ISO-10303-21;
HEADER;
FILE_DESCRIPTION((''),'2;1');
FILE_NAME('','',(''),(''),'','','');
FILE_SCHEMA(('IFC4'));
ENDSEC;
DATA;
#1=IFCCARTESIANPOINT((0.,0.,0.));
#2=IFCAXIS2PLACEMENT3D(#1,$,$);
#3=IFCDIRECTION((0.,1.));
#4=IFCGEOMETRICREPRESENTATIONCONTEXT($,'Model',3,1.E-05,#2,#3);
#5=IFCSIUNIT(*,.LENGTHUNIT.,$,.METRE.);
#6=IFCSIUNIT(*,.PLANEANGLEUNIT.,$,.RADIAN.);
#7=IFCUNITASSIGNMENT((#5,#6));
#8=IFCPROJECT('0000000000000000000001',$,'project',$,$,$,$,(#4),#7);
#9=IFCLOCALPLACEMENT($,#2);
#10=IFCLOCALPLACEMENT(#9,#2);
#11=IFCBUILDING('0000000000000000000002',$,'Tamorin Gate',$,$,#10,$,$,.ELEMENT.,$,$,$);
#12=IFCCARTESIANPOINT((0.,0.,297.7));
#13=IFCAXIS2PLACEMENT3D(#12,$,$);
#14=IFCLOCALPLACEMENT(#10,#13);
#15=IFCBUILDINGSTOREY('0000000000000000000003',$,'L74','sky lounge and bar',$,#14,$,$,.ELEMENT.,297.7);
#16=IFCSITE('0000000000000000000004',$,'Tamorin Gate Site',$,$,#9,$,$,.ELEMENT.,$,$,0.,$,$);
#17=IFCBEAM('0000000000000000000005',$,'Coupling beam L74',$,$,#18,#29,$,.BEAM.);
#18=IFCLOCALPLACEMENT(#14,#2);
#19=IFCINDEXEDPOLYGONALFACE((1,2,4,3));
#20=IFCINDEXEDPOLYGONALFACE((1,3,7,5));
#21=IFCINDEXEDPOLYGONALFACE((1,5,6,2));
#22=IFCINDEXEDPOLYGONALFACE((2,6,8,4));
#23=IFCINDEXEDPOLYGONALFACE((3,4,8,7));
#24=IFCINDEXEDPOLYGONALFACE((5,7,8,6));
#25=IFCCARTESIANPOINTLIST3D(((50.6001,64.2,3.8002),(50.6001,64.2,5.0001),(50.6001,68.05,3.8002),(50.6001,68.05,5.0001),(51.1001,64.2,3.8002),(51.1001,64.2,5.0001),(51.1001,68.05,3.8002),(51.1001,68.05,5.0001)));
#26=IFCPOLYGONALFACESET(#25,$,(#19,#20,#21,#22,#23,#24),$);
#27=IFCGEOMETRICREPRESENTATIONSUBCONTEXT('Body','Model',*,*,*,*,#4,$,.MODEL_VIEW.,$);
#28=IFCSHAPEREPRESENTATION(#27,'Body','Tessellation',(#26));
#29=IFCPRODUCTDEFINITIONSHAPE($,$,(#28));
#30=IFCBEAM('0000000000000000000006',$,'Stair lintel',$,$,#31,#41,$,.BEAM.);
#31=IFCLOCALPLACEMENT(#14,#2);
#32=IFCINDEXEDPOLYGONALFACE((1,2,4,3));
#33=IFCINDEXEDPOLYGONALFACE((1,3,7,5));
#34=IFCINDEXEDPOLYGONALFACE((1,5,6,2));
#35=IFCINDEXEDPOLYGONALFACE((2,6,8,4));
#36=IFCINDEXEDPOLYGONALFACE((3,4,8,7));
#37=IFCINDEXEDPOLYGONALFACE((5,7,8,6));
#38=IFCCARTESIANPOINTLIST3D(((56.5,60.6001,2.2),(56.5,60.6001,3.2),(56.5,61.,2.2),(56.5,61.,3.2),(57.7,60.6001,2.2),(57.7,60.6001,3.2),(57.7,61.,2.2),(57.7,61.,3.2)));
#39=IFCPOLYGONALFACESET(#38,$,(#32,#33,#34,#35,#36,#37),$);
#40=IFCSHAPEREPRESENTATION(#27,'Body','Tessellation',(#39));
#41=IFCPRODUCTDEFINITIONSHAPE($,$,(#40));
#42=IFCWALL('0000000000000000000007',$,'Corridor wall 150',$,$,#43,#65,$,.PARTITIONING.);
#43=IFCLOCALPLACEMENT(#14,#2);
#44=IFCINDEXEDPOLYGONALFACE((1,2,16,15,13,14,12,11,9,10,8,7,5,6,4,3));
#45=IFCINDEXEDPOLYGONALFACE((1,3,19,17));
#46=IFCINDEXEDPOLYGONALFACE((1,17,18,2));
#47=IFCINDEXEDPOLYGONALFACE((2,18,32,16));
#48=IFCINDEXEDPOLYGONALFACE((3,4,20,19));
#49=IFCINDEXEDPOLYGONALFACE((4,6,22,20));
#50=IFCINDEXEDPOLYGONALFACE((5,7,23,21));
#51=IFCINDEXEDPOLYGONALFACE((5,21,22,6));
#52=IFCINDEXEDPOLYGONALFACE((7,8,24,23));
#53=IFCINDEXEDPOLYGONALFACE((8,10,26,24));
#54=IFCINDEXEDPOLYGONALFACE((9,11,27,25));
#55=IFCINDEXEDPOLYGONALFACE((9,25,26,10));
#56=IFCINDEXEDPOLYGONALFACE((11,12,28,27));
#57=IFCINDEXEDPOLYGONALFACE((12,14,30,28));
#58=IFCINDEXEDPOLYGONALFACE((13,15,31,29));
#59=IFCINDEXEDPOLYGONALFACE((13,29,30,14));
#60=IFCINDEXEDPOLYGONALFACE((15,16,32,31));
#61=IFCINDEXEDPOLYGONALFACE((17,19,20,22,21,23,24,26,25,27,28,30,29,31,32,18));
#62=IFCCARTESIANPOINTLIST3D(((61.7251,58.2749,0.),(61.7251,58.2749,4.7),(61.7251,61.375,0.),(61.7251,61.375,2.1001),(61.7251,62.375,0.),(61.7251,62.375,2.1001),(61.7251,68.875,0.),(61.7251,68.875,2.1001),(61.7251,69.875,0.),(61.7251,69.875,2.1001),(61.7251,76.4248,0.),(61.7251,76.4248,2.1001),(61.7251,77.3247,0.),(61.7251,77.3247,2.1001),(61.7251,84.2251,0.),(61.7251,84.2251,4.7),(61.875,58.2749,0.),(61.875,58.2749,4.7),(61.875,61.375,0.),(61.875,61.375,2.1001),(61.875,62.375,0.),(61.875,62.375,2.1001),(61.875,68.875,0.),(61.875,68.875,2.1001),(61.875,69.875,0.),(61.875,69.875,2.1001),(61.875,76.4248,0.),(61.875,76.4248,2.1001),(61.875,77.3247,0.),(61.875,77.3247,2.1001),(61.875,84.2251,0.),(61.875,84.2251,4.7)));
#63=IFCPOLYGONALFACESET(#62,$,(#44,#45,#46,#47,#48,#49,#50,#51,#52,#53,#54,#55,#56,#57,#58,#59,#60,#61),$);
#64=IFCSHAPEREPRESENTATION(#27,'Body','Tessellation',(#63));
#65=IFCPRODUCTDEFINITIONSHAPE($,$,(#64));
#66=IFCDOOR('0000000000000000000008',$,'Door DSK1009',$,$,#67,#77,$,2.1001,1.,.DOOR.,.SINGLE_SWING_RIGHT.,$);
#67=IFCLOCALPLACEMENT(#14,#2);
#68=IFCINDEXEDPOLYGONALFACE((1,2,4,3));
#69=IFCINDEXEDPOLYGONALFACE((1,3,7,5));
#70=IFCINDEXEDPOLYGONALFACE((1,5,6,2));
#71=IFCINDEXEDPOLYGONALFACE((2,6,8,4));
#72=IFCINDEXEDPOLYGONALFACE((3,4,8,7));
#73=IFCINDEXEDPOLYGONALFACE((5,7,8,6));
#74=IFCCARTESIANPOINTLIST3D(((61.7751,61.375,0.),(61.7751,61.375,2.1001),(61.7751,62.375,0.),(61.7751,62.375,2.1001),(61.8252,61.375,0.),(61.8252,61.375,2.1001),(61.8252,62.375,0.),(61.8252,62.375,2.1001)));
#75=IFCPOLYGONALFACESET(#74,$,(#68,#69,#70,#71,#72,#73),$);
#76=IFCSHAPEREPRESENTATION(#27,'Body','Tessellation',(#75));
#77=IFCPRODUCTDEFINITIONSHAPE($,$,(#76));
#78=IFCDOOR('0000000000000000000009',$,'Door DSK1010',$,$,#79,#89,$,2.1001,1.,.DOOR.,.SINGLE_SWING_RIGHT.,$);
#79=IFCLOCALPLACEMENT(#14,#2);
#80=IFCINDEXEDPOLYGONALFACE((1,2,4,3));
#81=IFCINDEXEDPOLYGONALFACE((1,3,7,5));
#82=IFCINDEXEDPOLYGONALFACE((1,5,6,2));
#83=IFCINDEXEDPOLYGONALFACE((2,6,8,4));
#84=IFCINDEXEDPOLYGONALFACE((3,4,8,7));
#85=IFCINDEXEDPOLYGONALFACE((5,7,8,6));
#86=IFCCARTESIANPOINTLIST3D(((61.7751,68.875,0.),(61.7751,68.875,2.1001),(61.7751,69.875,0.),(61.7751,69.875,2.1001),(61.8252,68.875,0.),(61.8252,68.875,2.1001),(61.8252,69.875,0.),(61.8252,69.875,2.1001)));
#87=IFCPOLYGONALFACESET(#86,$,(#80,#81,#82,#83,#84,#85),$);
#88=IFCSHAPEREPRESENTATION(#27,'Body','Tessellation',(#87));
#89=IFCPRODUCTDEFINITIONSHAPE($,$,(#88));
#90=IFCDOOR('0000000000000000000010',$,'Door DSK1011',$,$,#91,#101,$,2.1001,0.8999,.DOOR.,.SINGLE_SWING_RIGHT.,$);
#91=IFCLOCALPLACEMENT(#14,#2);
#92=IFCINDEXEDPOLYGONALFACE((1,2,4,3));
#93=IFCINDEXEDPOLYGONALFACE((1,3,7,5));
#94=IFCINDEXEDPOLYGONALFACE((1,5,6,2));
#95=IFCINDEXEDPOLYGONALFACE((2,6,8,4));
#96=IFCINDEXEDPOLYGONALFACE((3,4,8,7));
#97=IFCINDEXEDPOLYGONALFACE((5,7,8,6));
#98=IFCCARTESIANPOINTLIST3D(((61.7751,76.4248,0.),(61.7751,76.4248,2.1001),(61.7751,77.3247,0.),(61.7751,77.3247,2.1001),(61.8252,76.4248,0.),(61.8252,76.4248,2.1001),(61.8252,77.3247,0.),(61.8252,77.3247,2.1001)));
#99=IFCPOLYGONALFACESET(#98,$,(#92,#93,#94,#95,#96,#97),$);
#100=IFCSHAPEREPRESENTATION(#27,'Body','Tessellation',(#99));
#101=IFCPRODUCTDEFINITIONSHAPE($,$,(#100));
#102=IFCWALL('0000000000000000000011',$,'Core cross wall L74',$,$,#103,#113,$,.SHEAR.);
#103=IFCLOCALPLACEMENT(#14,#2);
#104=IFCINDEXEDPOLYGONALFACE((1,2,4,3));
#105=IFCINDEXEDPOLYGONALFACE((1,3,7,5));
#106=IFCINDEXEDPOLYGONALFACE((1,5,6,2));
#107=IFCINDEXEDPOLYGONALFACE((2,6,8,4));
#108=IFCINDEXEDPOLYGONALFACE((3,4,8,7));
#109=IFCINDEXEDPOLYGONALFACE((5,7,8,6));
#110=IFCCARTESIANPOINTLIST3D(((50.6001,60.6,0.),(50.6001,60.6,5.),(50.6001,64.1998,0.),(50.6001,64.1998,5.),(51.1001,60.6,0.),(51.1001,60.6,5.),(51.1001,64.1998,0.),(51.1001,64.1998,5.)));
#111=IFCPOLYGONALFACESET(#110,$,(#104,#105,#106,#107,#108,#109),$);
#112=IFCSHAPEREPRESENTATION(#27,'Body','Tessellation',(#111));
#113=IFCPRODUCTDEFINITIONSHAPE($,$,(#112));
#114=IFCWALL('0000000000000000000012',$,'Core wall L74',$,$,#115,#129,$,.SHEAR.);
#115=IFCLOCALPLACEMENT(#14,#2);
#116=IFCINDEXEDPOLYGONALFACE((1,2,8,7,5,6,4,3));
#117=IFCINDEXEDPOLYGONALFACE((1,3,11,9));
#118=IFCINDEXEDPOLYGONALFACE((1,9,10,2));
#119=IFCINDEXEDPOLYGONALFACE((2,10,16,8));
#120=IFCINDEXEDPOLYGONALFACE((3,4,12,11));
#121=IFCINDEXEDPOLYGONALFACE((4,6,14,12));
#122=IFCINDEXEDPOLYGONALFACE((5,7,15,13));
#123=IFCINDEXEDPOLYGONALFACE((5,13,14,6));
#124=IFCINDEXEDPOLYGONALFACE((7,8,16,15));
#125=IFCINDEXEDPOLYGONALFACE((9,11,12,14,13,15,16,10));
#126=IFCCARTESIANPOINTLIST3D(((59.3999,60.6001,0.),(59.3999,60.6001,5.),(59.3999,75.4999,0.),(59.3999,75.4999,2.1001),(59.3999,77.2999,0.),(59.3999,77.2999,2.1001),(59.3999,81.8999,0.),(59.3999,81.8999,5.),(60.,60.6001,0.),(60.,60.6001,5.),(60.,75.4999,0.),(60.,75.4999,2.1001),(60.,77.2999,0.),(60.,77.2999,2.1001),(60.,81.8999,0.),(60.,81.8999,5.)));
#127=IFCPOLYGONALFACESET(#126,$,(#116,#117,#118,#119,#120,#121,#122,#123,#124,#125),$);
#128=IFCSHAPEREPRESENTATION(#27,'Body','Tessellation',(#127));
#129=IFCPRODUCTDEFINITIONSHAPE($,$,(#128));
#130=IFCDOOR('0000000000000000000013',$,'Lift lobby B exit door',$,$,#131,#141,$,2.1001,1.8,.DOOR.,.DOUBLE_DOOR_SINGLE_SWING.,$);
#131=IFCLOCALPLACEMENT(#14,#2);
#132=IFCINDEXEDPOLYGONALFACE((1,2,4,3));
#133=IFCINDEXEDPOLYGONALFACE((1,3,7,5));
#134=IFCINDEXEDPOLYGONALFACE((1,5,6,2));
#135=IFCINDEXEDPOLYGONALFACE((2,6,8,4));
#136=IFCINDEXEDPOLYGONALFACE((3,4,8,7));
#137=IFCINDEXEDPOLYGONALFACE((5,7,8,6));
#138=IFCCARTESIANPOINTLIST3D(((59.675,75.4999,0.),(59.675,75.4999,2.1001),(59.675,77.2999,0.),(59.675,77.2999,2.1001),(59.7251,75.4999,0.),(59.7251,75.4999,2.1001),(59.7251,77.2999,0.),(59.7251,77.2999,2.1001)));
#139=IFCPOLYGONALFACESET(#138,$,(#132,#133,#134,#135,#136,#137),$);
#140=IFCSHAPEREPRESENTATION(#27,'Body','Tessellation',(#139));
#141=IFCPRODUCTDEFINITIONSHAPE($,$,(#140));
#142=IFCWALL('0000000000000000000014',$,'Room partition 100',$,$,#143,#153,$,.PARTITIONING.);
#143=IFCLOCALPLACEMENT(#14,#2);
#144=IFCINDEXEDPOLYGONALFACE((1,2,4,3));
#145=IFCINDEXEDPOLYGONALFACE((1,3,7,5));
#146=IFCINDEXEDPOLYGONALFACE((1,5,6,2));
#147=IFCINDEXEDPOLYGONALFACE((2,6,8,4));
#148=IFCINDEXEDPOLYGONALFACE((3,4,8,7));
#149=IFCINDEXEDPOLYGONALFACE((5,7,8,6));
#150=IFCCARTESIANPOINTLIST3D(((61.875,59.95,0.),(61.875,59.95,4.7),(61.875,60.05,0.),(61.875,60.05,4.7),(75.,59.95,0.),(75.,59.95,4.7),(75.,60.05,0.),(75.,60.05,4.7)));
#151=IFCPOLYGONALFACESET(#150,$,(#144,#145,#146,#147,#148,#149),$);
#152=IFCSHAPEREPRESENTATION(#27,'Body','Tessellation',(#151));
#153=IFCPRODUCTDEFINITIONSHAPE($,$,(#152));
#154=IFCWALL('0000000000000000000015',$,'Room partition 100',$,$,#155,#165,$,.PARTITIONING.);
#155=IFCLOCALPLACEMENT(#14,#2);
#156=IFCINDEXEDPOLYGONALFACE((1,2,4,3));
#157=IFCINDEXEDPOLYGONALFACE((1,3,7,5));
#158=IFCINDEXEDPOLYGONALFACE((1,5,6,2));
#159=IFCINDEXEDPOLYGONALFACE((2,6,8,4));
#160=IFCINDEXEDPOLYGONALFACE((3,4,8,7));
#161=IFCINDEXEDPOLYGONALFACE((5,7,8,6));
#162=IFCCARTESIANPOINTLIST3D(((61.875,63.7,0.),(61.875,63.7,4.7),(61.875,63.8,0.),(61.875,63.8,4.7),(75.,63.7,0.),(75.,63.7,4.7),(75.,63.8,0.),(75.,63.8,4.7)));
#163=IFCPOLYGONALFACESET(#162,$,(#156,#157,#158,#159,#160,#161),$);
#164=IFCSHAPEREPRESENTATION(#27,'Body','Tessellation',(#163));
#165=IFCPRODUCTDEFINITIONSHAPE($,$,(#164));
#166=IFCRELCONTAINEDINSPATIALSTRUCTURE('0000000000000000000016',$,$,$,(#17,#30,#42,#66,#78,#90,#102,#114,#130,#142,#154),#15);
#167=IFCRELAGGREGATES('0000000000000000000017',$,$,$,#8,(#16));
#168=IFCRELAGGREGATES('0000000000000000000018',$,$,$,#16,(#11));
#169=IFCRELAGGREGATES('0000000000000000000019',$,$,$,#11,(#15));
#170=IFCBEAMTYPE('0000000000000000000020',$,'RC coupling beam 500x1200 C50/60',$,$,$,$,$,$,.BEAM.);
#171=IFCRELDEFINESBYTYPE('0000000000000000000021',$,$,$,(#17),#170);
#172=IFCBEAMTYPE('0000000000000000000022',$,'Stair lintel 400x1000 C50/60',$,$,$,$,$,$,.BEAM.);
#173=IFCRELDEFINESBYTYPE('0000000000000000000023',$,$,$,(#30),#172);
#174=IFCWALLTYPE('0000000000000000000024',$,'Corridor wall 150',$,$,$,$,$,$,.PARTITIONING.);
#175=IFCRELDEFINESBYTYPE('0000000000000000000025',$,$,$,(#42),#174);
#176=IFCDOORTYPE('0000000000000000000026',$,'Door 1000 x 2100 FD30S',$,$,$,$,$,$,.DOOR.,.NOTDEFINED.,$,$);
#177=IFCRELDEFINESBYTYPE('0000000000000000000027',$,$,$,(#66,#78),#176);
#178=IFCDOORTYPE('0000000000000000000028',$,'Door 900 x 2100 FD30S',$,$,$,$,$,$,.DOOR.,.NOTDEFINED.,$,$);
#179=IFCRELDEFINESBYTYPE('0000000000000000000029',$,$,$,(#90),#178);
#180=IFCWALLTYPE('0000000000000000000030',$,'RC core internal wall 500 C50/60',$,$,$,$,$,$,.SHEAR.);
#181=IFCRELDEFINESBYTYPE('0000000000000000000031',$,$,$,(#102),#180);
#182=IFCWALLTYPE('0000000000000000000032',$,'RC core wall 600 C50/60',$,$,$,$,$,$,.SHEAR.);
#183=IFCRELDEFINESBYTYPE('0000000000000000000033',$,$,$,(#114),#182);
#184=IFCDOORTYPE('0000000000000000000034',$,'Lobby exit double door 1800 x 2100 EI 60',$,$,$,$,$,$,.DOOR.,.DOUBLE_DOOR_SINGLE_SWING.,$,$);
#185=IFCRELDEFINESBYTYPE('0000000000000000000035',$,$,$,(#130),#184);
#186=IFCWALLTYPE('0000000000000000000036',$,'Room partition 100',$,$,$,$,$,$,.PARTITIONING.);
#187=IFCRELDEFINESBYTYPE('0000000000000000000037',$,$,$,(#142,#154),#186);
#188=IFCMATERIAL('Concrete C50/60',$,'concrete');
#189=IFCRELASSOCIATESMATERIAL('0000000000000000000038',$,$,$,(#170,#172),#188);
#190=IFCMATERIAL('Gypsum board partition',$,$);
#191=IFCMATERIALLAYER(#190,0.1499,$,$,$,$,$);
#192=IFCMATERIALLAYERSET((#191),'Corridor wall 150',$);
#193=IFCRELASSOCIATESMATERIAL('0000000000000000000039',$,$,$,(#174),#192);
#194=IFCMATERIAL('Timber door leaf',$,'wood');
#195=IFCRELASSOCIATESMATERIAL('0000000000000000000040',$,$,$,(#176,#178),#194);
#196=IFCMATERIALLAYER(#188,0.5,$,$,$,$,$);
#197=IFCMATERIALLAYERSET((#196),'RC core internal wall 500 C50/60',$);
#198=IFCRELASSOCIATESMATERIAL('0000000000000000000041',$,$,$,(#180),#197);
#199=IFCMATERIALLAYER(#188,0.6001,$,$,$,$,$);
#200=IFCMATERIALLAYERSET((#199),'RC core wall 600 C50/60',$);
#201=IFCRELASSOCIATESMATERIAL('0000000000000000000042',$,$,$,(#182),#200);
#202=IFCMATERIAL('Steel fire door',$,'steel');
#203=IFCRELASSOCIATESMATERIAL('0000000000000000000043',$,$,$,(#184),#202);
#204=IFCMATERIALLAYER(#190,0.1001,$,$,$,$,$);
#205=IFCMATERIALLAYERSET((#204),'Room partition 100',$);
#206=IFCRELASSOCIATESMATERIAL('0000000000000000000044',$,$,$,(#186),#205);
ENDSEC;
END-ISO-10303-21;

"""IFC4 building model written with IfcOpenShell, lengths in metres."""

from ifc_helpers import new_model, si_unit, direction, frame, frame_2d, origin, origin_2d, place, context, subcontext, project, spatial, rectangle, extrude, material, layer, layer_set, material_profile, profile_set, type_object, element, fill, save


model = new_model("IFC4")

# Units and contexts
model_context = context("Model", 3, precision=1e-05, world=origin(), true_north=direction((0.0, 1.0)))
body_context = subcontext(model_context, "Body", "Model", "MODEL_VIEW")
ifc_project = project(units=[si_unit("LENGTHUNIT", "METRE"), si_unit("PLANEANGLEUNIT", "RADIAN")], contexts=[model_context])

# Site, building, storey
site_placement = place(None, origin())
site = spatial("IfcSite", under=ifc_project, at=site_placement, Name="Tamorin Gate Site", CompositionType="ELEMENT", RefElevation=0.0)
building_placement = place(site_placement, origin())
building = spatial("IfcBuilding", under=site, at=building_placement, Name="Tamorin Gate", CompositionType="ELEMENT")
storey_placement = place(building_placement, frame((0.0, 0.0, 297.7)))
storey = spatial("IfcBuildingStorey", under=building, at=storey_placement, Name="L74", Description="sky lounge and bar", CompositionType="ELEMENT", Elevation=297.7)

# Beams
ifc_material_1 = material(Name="Concrete C50/60", Category="concrete")
ifc_material_profile_1 = material_profile(ifc_material_1, rectangle(XDim=0.5, YDim=1.2, at=origin_2d()), Name="RC 500x1200")
ifc_profile_set_1 = profile_set([ifc_material_profile_1], Name="Concrete C50/60")
beam_type_1 = type_object("IfcBeamType", Name="RC coupling beam 500x1200 C50/60", PredefinedType="BEAM", material=ifc_profile_set_1)
beam_1_placement = place(storey_placement, frame((50.8501, 64.2, 4.4001), z_axis=(0.0, 1.0, 0.0), x_axis=(-1.0, 0.0, 0.0)))
element("IfcBeam", 1, at=beam_1_placement, inside=storey, type_object=beam_type_1, Name="Coupling beam L74", PredefinedType="BEAM", context=body_context, shape_type="SweptSolid", body=[
    extrude(rectangle(XDim=0.5, YDim=1.2, at=origin_2d()), origin(), (0.0, 0.0, 1.0), 3.8501),
])
ifc_material_profile_2 = material_profile(ifc_material_1, rectangle(XDim=0.3999, YDim=1.0, at=origin_2d()))
ifc_profile_set_2 = profile_set([ifc_material_profile_2], Name="Concrete C50/60")
beam_type_2 = type_object("IfcBeamType", Name="Stair lintel 400x1000 C50/60", PredefinedType="BEAM", material=ifc_profile_set_2)
beam_2_placement = place(storey_placement, frame((56.5, 60.8, 2.7), z_axis=(1.0, 0.0, 0.0), x_axis=(0.0, 1.0, 0.0)))
element("IfcBeam", 2, at=beam_2_placement, inside=storey, type_object=beam_type_2, Name="Stair lintel", PredefinedType="BEAM", context=body_context, shape_type="SweptSolid", body=[
    extrude(rectangle(XDim=0.3999, YDim=1.0, at=origin_2d()), origin(), (0.0, 0.0, 1.0), 1.2),
])

# Wall, openings, doors
ifc_material_2 = material(Name="Gypsum board partition")
ifc_layer_1 = layer(ifc_material_2, 0.1499)
ifc_layer_set_1 = layer_set([ifc_layer_1], Name="Corridor wall 150")
wall_type_1 = type_object("IfcWallType", Name="Corridor wall 150", PredefinedType="PARTITIONING", material=ifc_layer_set_1)
wall_1_placement = place(storey_placement, frame((61.8, 58.2749, 0.0), z_axis=(0.0, 0.0, 1.0), x_axis=(0.0, 1.0, 0.0)))
wall_1 = element("IfcWall", 3, at=wall_1_placement, inside=storey, type_object=wall_type_1, Name="Corridor wall 150", PredefinedType="PARTITIONING", context=body_context, shape_type="SweptSolid", body=[
    extrude(rectangle(XDim=25.9502, YDim=0.1499, at=frame_2d((12.9751, 0.0))), origin(), (0.0, 0.0, 1.0), 4.7),
])
opening_1_placement = place(wall_1_placement, frame((3.1001, 0.0, 0.0)))
opening_1 = element("IfcOpeningElement", 4, at=opening_1_placement, cuts=wall_1, PredefinedType="OPENING", context=body_context, shape_type="SweptSolid", body=[
    extrude(rectangle(XDim=1.0, YDim=2.1001, at=frame_2d((0.5, 1.05))), frame((0.0, 0.085, 0.0), z_axis=(0.0, -1.0, 0.0), x_axis=(1.0, 0.0, 0.0)), (0.0, 0.0, 1.0), 0.1699),
])
opening_2_placement = place(wall_1_placement, frame((10.6001, 0.0, 0.0)))
opening_2 = element("IfcOpeningElement", 5, at=opening_2_placement, cuts=wall_1, PredefinedType="OPENING", context=body_context, shape_type="SweptSolid", body=[
    extrude(rectangle(XDim=1.0, YDim=2.1001, at=frame_2d((0.5, 1.05))), frame((0.0, 0.085, 0.0), z_axis=(0.0, -1.0, 0.0), x_axis=(1.0, 0.0, 0.0)), (0.0, 0.0, 1.0), 0.1699),
])
opening_3_placement = place(wall_1_placement, frame((18.1499, 0.0, 0.0)))
opening_3 = element("IfcOpeningElement", 6, at=opening_3_placement, cuts=wall_1, PredefinedType="OPENING", context=body_context, shape_type="SweptSolid", body=[
    extrude(rectangle(XDim=0.8999, YDim=2.1001, at=frame_2d((0.45, 1.05))), frame((0.0, 0.085, 0.0), z_axis=(0.0, -1.0, 0.0), x_axis=(1.0, 0.0, 0.0)), (0.0, 0.0, 1.0), 0.1699),
])
ifc_material_3 = material(Name="Timber door leaf", Category="wood")
door_type_1 = type_object("IfcDoorType", Name="Door 1000 x 2100 FD30S", OperationType="NOTDEFINED", PredefinedType="DOOR", material=ifc_material_3)
door_1_placement = place(opening_1_placement, origin())
door_1 = element("IfcDoor", 7, at=door_1_placement, inside=storey, type_object=door_type_1, Name="Door DSK1009", OperationType="SINGLE_SWING_RIGHT", OverallHeight=2.1001, OverallWidth=1.0, PredefinedType="DOOR", context=body_context, shape_type="SweptSolid", body=[
    extrude(rectangle(XDim=1.0, YDim=2.1001, at=frame_2d((0.5, 1.05))), frame((0.0, 0.0249, 0.0), z_axis=(0.0, -1.0, 0.0), x_axis=(1.0, 0.0, 0.0)), (0.0, 0.0, 1.0), 0.05),
])
fill(opening_1, door_1)
door_2_placement = place(opening_2_placement, origin())
door_2 = element("IfcDoor", 8, at=door_2_placement, inside=storey, type_object=door_type_1, Name="Door DSK1010", OperationType="SINGLE_SWING_RIGHT", OverallHeight=2.1001, OverallWidth=1.0, PredefinedType="DOOR", context=body_context, shape_type="SweptSolid", body=[
    extrude(rectangle(XDim=1.0, YDim=2.1001, at=frame_2d((0.5, 1.05))), frame((0.0, 0.0249, 0.0), z_axis=(0.0, -1.0, 0.0), x_axis=(1.0, 0.0, 0.0)), (0.0, 0.0, 1.0), 0.05),
])
fill(opening_2, door_2)
door_type_2 = type_object("IfcDoorType", Name="Door 900 x 2100 FD30S", OperationType="NOTDEFINED", PredefinedType="DOOR", material=ifc_material_3)
door_3_placement = place(opening_3_placement, origin())
door_3 = element("IfcDoor", 9, at=door_3_placement, inside=storey, type_object=door_type_2, Name="Door DSK1011", OperationType="SINGLE_SWING_RIGHT", OverallHeight=2.1001, OverallWidth=0.8999, PredefinedType="DOOR", context=body_context, shape_type="SweptSolid", body=[
    extrude(rectangle(XDim=0.8999, YDim=2.1001, at=frame_2d((0.45, 1.05))), frame((0.0, 0.0249, 0.0), z_axis=(0.0, -1.0, 0.0), x_axis=(1.0, 0.0, 0.0)), (0.0, 0.0, 1.0), 0.05),
])
fill(opening_3, door_3)

# Wall
ifc_layer_2 = layer(ifc_material_1, 0.5)
ifc_layer_set_2 = layer_set([ifc_layer_2], Name="RC core internal wall 500 C50/60")
wall_type_2 = type_object("IfcWallType", Name="RC core internal wall 500 C50/60", PredefinedType="SHEAR", material=ifc_layer_set_2)
wall_2_placement = place(storey_placement, frame((50.8501, 60.6001, 0.0), z_axis=(0.0, 0.0, 1.0), x_axis=(0.0, 1.0, 0.0)))
element("IfcWall", 10, at=wall_2_placement, inside=storey, type_object=wall_type_2, Name="Core cross wall L74", PredefinedType="SHEAR", context=body_context, shape_type="SweptSolid", body=[
    extrude(rectangle(XDim=3.5999, YDim=0.5, at=frame_2d((1.7998, 0.0))), origin(), (0.0, 0.0, 1.0), 5.0),
])

# Wall, opening, door
ifc_layer_3 = layer(ifc_material_1, 0.6001)
ifc_layer_set_3 = layer_set([ifc_layer_3], Name="RC core wall 600 C50/60")
wall_type_3 = type_object("IfcWallType", Name="RC core wall 600 C50/60", PredefinedType="SHEAR", material=ifc_layer_set_3)
wall_3_placement = place(storey_placement, frame((59.7, 60.6001, 0.0), z_axis=(0.0, 0.0, 1.0), x_axis=(0.0, 1.0, 0.0)))
wall_3 = element("IfcWall", 11, at=wall_3_placement, inside=storey, type_object=wall_type_3, Name="Core wall L74", PredefinedType="SHEAR", context=body_context, shape_type="SweptSolid", body=[
    extrude(rectangle(XDim=21.2998, YDim=0.6001, at=frame_2d((10.6499, 0.0))), origin(), (0.0, 0.0, 1.0), 5.0),
])
opening_4_placement = place(wall_3_placement, frame((14.8999, 0.0, 0.0)))
opening_4 = element("IfcOpeningElement", 12, at=opening_4_placement, cuts=wall_3, PredefinedType="OPENING", context=body_context, shape_type="SweptSolid", body=[
    extrude(rectangle(XDim=1.8, YDim=2.1001, at=frame_2d((0.8999, 1.05))), frame((0.0, 0.3101, 0.0), z_axis=(0.0, -1.0, 0.0), x_axis=(1.0, 0.0, 0.0)), (0.0, 0.0, 1.0), 0.6201),
])
ifc_material_4 = material(Name="Steel fire door", Category="steel")
door_type_3 = type_object("IfcDoorType", Name="Lobby exit double door 1800 x 2100 EI 60", OperationType="DOUBLE_DOOR_SINGLE_SWING", PredefinedType="DOOR", material=ifc_material_4)
door_4_placement = place(opening_4_placement, origin())
door_4 = element("IfcDoor", 13, at=door_4_placement, inside=storey, type_object=door_type_3, Name="Lift lobby B exit door", OperationType="DOUBLE_DOOR_SINGLE_SWING", OverallHeight=2.1001, OverallWidth=1.8, PredefinedType="DOOR", context=body_context, shape_type="SweptSolid", body=[
    extrude(rectangle(XDim=1.8, YDim=2.1001, at=frame_2d((0.8999, 1.05))), frame((0.0, 0.0249, 0.0), z_axis=(0.0, -1.0, 0.0), x_axis=(1.0, 0.0, 0.0)), (0.0, 0.0, 1.0), 0.05),
])
fill(opening_4, door_4)

# Walls
ifc_layer_4 = layer(ifc_material_2, 0.1001)
ifc_layer_set_4 = layer_set([ifc_layer_4], Name="Room partition 100")
wall_type_4 = type_object("IfcWallType", Name="Room partition 100", PredefinedType="PARTITIONING", material=ifc_layer_set_4)
for number, where, z_axis, x_axis, name in (
    (14, (61.875, 60.0, 0.0), (0.0, 0.0, 1.0), (1.0, 0.0, 0.0), "Room partition 100"),
    (15, (61.875, 63.75, 0.0), (0.0, 0.0, 1.0), (1.0, 0.0, 0.0), "Room partition 100"),
):
    element("IfcWall", number, at=place(storey_placement, frame(where, z_axis=z_axis, x_axis=x_axis)), inside=storey, type_object=wall_type_4, Name=name, PredefinedType="PARTITIONING", context=body_context, shape_type="SweptSolid", body=[
        extrude(rectangle(XDim=13.125, YDim=0.1001, at=frame_2d((6.5625, 0.0))), origin(), (0.0, 0.0, 1.0), 4.7),
    ])

save(model, "model.ifc")
